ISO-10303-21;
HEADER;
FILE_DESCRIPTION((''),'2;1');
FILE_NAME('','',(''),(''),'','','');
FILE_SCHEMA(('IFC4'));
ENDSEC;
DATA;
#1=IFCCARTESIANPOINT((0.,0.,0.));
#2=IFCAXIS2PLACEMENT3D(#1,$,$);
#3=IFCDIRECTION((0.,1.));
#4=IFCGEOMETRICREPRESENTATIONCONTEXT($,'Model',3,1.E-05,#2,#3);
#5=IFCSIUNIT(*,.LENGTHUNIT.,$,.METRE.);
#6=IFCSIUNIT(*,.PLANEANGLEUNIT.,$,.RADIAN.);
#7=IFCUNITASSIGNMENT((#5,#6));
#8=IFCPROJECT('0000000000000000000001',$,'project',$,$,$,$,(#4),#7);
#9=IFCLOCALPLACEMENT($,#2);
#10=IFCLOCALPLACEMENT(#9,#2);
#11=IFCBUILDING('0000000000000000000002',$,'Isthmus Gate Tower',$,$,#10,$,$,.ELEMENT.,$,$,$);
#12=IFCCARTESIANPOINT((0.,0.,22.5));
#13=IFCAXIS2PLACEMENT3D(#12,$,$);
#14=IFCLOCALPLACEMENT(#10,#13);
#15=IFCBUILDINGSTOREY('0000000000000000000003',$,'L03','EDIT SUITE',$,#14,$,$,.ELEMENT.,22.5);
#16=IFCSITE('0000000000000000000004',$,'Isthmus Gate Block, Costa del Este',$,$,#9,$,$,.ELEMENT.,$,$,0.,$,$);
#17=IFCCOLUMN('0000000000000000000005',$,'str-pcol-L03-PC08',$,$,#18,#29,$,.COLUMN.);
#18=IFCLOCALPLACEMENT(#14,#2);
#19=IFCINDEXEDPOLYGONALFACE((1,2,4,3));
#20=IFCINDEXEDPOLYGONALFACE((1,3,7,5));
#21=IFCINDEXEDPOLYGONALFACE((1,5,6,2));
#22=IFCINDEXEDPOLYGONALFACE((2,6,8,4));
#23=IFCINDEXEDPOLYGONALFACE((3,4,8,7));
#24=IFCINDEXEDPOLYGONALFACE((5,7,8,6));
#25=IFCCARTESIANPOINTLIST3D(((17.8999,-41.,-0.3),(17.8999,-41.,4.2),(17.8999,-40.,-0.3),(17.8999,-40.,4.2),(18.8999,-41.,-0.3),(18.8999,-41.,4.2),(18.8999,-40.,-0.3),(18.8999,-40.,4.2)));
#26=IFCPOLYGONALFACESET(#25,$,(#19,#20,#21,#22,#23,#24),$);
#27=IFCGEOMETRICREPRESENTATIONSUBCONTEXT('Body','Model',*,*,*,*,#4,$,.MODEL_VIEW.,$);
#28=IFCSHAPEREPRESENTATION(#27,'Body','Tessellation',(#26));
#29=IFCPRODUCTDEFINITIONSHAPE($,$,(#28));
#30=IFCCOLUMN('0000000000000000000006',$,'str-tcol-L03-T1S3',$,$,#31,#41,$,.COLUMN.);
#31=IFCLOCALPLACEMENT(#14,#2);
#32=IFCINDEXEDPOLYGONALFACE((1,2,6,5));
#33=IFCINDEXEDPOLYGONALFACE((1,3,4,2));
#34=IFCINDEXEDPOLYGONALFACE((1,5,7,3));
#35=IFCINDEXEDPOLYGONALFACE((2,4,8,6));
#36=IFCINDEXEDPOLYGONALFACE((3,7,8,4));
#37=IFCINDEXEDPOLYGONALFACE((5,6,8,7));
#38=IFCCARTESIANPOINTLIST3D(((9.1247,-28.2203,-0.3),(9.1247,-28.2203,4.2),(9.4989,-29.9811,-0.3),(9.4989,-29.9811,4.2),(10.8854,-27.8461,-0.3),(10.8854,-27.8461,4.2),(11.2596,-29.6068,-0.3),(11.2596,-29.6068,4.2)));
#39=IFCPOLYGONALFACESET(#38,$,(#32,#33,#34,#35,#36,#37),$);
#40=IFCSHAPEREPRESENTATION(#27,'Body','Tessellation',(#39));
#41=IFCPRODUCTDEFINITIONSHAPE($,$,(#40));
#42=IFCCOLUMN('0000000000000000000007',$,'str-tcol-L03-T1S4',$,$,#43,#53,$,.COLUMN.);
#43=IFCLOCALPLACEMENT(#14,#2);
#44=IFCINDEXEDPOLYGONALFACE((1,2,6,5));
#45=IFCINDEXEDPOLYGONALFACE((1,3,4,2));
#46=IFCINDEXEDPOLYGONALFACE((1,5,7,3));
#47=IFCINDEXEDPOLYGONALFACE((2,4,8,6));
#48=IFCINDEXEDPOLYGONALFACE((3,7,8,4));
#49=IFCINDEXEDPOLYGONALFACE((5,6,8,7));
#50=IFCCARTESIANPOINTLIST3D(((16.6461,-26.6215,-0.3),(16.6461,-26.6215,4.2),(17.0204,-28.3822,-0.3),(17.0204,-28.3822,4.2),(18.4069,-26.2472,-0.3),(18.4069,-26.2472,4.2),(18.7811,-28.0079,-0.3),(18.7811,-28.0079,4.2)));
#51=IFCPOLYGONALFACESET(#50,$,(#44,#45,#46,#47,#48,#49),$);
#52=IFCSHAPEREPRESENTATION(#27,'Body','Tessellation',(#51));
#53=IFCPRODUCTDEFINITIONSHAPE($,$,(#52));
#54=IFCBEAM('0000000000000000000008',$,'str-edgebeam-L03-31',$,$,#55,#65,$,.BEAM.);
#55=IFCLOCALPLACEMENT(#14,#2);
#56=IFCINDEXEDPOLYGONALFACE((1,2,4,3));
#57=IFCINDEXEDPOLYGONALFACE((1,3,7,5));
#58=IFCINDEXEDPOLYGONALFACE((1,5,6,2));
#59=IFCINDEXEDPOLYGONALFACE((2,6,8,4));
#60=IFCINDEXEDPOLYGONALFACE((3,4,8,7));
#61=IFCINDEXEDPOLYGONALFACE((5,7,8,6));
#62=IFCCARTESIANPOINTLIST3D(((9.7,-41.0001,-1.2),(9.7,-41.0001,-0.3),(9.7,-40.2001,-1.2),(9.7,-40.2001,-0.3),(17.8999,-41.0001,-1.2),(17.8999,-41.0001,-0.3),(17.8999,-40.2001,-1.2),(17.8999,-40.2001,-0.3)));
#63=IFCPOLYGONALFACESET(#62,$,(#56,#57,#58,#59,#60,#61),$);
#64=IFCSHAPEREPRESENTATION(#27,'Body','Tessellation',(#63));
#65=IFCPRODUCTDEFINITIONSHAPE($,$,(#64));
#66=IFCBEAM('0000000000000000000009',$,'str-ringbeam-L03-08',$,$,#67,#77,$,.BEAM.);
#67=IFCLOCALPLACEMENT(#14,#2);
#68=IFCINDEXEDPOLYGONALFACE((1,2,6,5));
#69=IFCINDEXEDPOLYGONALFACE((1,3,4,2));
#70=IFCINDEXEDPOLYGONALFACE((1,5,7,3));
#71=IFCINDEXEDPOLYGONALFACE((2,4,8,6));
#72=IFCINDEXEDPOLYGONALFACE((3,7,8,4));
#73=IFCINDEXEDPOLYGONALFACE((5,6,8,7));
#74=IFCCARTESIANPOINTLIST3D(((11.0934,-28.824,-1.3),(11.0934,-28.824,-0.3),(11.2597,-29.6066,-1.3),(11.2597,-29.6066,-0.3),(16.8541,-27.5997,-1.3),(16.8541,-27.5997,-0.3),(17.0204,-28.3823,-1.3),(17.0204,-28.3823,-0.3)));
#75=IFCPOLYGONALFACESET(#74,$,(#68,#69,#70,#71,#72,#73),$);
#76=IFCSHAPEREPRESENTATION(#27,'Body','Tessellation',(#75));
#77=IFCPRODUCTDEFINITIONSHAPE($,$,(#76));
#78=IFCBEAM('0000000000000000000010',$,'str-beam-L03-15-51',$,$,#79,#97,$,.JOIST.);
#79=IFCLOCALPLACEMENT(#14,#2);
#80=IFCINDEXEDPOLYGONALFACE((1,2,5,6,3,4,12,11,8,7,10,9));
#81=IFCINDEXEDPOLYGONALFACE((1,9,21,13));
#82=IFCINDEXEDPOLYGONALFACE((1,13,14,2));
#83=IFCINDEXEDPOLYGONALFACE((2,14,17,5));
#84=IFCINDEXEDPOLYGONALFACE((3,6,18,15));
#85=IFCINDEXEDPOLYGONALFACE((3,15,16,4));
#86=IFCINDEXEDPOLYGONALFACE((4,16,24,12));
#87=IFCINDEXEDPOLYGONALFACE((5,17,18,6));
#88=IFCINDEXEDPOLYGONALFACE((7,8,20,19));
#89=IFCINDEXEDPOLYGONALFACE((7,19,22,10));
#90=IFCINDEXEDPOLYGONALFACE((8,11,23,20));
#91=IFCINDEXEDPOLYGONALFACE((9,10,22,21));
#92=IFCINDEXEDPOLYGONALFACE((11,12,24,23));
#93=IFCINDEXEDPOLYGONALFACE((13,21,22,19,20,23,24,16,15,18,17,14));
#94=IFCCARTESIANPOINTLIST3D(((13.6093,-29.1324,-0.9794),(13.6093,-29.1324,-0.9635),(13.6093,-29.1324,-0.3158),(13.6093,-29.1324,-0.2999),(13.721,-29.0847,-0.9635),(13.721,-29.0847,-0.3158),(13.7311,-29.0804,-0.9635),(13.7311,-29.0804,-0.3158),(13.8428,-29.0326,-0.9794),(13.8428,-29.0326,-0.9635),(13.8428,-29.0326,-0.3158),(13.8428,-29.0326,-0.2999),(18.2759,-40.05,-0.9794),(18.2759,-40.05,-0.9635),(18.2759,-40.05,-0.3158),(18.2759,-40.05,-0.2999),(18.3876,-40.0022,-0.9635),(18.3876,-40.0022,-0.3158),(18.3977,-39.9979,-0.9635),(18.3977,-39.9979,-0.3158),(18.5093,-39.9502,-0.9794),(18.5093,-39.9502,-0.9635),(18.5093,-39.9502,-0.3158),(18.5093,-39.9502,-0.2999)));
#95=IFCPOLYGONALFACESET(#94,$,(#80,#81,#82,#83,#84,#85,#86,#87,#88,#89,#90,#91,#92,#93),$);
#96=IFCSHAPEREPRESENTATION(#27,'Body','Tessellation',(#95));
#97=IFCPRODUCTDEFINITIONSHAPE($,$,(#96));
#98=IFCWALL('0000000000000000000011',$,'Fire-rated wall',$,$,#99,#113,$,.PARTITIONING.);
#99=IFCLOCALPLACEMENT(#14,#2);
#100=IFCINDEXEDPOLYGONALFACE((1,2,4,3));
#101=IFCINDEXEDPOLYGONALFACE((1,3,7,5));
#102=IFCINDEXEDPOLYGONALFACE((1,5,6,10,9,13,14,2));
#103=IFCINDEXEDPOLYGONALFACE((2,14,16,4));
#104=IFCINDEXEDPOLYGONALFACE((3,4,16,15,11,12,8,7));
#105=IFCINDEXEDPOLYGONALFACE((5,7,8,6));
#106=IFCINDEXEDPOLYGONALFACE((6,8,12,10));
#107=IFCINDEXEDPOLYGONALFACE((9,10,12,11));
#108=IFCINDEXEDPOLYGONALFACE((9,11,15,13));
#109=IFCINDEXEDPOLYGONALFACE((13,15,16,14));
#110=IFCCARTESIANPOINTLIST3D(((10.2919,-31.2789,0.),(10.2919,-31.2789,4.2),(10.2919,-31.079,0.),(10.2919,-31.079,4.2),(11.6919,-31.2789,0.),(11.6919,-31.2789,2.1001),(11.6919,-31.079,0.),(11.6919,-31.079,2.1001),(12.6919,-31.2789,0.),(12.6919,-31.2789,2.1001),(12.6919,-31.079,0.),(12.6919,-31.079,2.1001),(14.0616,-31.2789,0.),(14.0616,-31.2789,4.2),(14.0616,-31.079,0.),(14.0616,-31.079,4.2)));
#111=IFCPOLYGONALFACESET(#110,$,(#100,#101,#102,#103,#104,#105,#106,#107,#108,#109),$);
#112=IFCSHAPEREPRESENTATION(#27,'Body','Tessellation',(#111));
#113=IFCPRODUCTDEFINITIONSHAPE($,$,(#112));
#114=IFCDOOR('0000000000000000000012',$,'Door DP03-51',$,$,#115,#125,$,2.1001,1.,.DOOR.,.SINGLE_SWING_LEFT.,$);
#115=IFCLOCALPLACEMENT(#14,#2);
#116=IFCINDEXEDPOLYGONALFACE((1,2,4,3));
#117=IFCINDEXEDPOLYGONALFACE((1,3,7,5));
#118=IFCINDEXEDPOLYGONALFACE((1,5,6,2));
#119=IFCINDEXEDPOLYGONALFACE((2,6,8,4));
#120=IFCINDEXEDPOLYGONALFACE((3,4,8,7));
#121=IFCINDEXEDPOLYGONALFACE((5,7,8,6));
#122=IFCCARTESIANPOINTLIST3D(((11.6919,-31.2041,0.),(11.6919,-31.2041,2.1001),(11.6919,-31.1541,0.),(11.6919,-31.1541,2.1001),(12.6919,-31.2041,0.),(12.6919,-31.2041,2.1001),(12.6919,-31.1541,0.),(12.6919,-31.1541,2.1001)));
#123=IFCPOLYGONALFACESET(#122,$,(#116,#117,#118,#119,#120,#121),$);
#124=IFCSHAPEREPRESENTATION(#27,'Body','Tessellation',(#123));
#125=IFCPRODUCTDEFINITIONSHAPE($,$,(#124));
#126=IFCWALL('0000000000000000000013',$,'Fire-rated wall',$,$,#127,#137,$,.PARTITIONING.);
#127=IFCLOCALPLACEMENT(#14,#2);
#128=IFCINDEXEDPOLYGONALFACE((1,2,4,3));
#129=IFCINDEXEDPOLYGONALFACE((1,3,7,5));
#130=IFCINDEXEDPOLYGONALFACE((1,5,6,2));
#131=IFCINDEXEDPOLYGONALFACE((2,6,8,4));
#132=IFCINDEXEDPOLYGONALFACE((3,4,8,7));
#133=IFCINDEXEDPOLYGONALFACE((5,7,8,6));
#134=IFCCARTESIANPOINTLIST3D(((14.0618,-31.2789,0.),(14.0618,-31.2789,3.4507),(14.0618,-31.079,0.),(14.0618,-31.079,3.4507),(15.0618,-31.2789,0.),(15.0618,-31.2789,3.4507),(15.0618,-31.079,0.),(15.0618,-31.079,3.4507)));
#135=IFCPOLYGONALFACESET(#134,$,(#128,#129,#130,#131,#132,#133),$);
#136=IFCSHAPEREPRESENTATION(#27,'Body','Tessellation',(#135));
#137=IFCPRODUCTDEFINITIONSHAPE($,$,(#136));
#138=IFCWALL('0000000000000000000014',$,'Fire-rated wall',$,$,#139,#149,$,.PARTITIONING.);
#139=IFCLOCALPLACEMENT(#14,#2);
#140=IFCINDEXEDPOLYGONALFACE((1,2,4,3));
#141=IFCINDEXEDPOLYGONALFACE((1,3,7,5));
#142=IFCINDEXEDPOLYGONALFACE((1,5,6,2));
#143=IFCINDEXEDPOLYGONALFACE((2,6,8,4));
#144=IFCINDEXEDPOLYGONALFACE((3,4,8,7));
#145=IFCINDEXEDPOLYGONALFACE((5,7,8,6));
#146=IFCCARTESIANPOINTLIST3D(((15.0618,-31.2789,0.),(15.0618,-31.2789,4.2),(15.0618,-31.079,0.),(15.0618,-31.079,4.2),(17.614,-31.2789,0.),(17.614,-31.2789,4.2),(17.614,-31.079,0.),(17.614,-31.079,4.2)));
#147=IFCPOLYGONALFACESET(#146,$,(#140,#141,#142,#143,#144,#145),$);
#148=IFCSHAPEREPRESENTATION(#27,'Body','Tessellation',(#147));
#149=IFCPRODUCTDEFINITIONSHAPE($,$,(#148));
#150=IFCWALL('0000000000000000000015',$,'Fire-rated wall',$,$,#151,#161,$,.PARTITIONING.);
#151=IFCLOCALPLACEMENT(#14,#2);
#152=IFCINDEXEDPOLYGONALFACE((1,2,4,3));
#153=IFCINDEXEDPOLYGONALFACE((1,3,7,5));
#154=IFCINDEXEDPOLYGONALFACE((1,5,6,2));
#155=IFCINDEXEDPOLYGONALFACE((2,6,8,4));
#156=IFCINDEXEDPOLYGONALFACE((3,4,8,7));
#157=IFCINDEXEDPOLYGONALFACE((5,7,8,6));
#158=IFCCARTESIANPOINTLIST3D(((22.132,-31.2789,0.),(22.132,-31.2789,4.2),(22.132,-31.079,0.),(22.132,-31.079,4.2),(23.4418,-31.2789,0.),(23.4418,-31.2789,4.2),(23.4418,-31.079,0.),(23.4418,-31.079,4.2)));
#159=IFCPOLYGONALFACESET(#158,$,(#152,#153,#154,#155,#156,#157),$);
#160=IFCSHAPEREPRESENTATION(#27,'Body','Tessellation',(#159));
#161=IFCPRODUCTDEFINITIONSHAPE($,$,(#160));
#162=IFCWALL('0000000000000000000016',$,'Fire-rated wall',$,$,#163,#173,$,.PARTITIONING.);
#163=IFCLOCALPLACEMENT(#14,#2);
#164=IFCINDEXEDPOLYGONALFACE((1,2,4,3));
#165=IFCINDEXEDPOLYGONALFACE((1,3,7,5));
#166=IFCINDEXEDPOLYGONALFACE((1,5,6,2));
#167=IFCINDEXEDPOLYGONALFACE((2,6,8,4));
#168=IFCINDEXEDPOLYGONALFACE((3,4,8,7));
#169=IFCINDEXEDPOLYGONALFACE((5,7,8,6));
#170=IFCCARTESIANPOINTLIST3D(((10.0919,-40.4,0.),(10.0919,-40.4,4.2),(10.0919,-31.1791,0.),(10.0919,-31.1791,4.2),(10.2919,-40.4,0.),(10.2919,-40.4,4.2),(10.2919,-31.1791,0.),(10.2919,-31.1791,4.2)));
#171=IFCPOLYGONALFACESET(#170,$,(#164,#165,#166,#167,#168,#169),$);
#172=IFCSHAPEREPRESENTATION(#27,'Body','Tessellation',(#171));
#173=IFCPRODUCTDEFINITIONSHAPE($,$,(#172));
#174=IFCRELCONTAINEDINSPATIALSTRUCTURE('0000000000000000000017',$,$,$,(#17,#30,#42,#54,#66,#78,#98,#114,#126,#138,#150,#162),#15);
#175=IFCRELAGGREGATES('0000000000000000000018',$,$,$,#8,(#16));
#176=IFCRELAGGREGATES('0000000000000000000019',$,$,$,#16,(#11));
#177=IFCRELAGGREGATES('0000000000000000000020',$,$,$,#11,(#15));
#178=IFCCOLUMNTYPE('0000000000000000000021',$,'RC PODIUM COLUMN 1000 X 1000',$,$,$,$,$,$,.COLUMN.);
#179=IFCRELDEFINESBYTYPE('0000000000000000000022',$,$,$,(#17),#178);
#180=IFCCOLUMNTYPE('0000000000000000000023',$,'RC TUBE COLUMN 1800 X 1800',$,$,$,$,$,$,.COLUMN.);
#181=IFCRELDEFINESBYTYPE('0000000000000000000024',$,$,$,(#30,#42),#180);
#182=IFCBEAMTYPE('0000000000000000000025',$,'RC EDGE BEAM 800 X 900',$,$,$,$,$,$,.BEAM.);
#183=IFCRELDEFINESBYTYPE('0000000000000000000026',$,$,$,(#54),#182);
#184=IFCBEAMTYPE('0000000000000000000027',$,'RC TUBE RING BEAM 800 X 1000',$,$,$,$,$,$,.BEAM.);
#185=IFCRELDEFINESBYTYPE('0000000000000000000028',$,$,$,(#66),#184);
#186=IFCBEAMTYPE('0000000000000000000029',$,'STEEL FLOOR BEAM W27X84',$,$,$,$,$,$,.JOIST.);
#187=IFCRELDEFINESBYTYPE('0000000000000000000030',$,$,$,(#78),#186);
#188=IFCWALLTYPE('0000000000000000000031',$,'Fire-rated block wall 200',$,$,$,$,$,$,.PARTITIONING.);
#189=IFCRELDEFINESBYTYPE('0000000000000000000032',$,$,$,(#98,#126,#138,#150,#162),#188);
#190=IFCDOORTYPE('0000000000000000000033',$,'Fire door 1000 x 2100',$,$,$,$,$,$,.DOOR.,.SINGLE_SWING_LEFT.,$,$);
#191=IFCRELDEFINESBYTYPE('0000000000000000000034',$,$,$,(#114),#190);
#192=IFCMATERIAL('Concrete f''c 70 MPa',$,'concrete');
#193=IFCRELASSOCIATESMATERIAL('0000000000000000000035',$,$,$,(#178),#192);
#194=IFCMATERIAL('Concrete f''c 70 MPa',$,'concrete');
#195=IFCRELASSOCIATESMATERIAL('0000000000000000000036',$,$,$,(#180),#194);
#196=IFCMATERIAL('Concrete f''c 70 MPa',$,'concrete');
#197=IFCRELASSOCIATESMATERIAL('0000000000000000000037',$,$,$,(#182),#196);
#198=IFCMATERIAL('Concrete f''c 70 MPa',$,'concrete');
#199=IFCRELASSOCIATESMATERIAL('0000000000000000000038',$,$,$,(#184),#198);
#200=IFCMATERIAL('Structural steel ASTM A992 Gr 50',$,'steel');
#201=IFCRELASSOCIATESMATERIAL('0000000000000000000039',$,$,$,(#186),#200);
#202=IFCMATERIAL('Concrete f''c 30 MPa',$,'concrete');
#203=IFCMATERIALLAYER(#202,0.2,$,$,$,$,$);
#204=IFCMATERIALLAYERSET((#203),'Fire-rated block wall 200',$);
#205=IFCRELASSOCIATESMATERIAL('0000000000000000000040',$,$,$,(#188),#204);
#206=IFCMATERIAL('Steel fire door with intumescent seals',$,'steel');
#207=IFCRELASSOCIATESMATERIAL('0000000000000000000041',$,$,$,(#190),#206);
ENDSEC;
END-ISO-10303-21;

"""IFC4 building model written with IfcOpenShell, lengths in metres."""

from ifc_helpers import new_model, si_unit, direction, frame, frame_2d, origin, origin_2d, place, context, subcontext, project, spatial, rectangle, i_section, extrude, material, layer, layer_set, material_profile, profile_set, type_object, element, fill, save


model = new_model("IFC4")

# Units and contexts
model_context = context("Model", 3, precision=1e-05, world=origin(), true_north=direction((0.0, 1.0)))
body_context = subcontext(model_context, "Body", "Model", "MODEL_VIEW")
ifc_project = project(units=[si_unit("LENGTHUNIT", "METRE"), si_unit("PLANEANGLEUNIT", "RADIAN")], contexts=[model_context])

# Site, building, storey
site_placement = place(None, origin())
site = spatial("IfcSite", under=ifc_project, at=site_placement, Name="Isthmus Gate Block, Costa del Este", CompositionType="ELEMENT", RefElevation=0.0)
building_placement = place(site_placement, origin())
building = spatial("IfcBuilding", under=site, at=building_placement, Name="Isthmus Gate Tower", CompositionType="ELEMENT")
storey_placement = place(building_placement, frame((0.0, 0.0, 22.5)))
storey = spatial("IfcBuildingStorey", under=building, at=storey_placement, Name="L03", Description="EDIT SUITE", CompositionType="ELEMENT", Elevation=22.5)

# Columns
ifc_material_1 = material(Name="Concrete f'c 70 MPa", Category="concrete")
ifc_material_profile_1 = material_profile(ifc_material_1, rectangle(XDim=1.0, YDim=1.0, at=origin_2d()), Name="RC 1000X1000")
ifc_profile_set_1 = profile_set([ifc_material_profile_1], Name="Concrete f'c 70 MPa")
column_type_1 = type_object("IfcColumnType", Name="RC PODIUM COLUMN 1000 X 1000", PredefinedType="COLUMN", material=ifc_profile_set_1)
column_placement = place(storey_placement, frame((18.3999, -40.5, -0.3), z_axis=(0.0, 0.0, 1.0), x_axis=(1.0, 0.0, 0.0)))
element("IfcColumn", 1, at=column_placement, inside=storey, type_object=column_type_1, Name="str-pcol-L03-PC08", PredefinedType="COLUMN", context=body_context, shape_type="SweptSolid", body=[
    extrude(rectangle(XDim=1.0, YDim=1.0, at=origin_2d()), origin(), (0.0, 0.0, 1.0), 4.5),
])
ifc_material_2 = material(Name="Concrete f'c 70 MPa", Category="concrete")
ifc_material_profile_2 = material_profile(ifc_material_2, rectangle(XDim=1.8, YDim=1.8, at=origin_2d()), Name="RC 1800X1800")
ifc_profile_set_2 = profile_set([ifc_material_profile_2], Name="Concrete f'c 70 MPa")
column_type_2 = type_object("IfcColumnType", Name="RC TUBE COLUMN 1800 X 1800", PredefinedType="COLUMN", material=ifc_profile_set_2)
for number, where, z_axis, x_axis, name in (
    (2, (10.1921, -28.9136, -0.3), (0.0, 0.0, 1.0), (0.978148, 0.207912, 0.0), "str-tcol-L03-T1S3"),
    (3, (17.7136, -27.3147, -0.3), (0.0, 0.0, 1.0), (0.978148, 0.207912, 0.0), "str-tcol-L03-T1S4"),
):
    element("IfcColumn", number, at=place(storey_placement, frame(where, z_axis=z_axis, x_axis=x_axis)), inside=storey, type_object=column_type_2, Name=name, PredefinedType="COLUMN", context=body_context, shape_type="SweptSolid", body=[
        extrude(rectangle(XDim=1.8, YDim=1.8, at=origin_2d()), origin(), (0.0, 0.0, 1.0), 4.5),
    ])

# Beams
ifc_material_3 = material(Name="Concrete f'c 70 MPa", Category="concrete")
ifc_material_profile_3 = material_profile(ifc_material_3, rectangle(XDim=0.8, YDim=0.8999, at=origin_2d()), Name="RC 800X900")
ifc_profile_set_3 = profile_set([ifc_material_profile_3], Name="Concrete f'c 70 MPa")
beam_type_1 = type_object("IfcBeamType", Name="RC EDGE BEAM 800 X 900", PredefinedType="BEAM", material=ifc_profile_set_3)
beam_1_placement = place(storey_placement, frame((17.8999, -40.6001, -0.75), z_axis=(-1.0, 0.0, 0.0), x_axis=(0.0, -1.0, 0.0)))
element("IfcBeam", 4, at=beam_1_placement, inside=storey, type_object=beam_type_1, Name="str-edgebeam-L03-31", PredefinedType="BEAM", context=body_context, shape_type="SweptSolid", body=[
    extrude(rectangle(XDim=0.8, YDim=0.8999, at=origin_2d()), origin(), (0.0, 0.0, 1.0), 8.2),
])
ifc_material_4 = material(Name="Concrete f'c 70 MPa", Category="concrete")
ifc_material_profile_4 = material_profile(ifc_material_4, rectangle(XDim=0.8, YDim=1.0, at=origin_2d()), Name="RC 800X1000")
ifc_profile_set_4 = profile_set([ifc_material_profile_4], Name="Concrete f'c 70 MPa")
beam_type_2 = type_object("IfcBeamType", Name="RC TUBE RING BEAM 800 X 1000", PredefinedType="BEAM", material=ifc_profile_set_4)
beam_2_placement = place(storey_placement, frame((16.9373, -27.991, -0.8), z_axis=(-0.978152, -0.207892, 0.0), x_axis=(0.207892, -0.978152, 0.0)))
element("IfcBeam", 5, at=beam_2_placement, inside=storey, type_object=beam_type_2, Name="str-ringbeam-L03-08", PredefinedType="BEAM", context=body_context, shape_type="SweptSolid", body=[
    extrude(rectangle(XDim=0.8, YDim=1.0, at=origin_2d()), origin(), (0.0, 0.0, 1.0), 5.8894),
])
ifc_material_5 = material(Name="Structural steel ASTM A992 Gr 50", Category="steel")
ifc_material_profile_5 = material_profile(ifc_material_5, i_section(OverallWidth=0.2539, OverallDepth=0.6794, WebThickness=0.011, FlangeThickness=0.0159, at=origin_2d()), Name="W27X84")
ifc_profile_set_5 = profile_set([ifc_material_profile_5], Name="Structural steel ASTM A992 Gr 50")
beam_type_3 = type_object("IfcBeamType", Name="STEEL FLOOR BEAM W27X84", PredefinedType="JOIST", material=ifc_profile_set_5)
beam_3_placement = place(storey_placement, frame((13.7261, -29.0825, -0.6396), z_axis=(0.393036, -0.919523, 0.0), x_axis=(0.919523, 0.393036, 0.0)))
element("IfcBeam", 6, at=beam_3_placement, inside=storey, type_object=beam_type_3, Name="str-beam-L03-15-51", PredefinedType="JOIST", context=body_context, shape_type="SweptSolid", body=[
    extrude(i_section(OverallWidth=0.2539, OverallDepth=0.6794, WebThickness=0.011, FlangeThickness=0.0159, at=origin_2d()), origin(), (0.0, 0.0, 1.0), 11.873),
])

# Wall, opening, door
ifc_material_6 = material(Name="Concrete f'c 30 MPa", Category="concrete")
ifc_layer_1 = layer(ifc_material_6, 0.2)
ifc_layer_set_1 = layer_set([ifc_layer_1], Name="Fire-rated block wall 200")
wall_type_1 = type_object("IfcWallType", Name="Fire-rated block wall 200", PredefinedType="PARTITIONING", material=ifc_layer_set_1)
wall_1_placement = place(storey_placement, frame((10.292, -31.179, 0.0), z_axis=(0.0, 0.0, 1.0), x_axis=(1.0, 0.0, 0.0)))
wall_1 = element("IfcWall", 7, at=wall_1_placement, inside=storey, type_object=wall_type_1, Name="Fire-rated wall", PredefinedType="PARTITIONING", context=body_context, shape_type="SweptSolid", body=[
    extrude(rectangle(XDim=3.7698, YDim=0.2, at=frame_2d((1.8848, 0.0))), origin(), (0.0, 0.0, 1.0), 4.2),
])
opening_1_placement = place(wall_1_placement, frame((1.3999, 0.0, 0.0)))
opening_1 = element("IfcOpeningElement", 8, at=opening_1_placement, cuts=wall_1, PredefinedType="OPENING", context=body_context, shape_type="SweptSolid", body=[
    extrude(rectangle(XDim=1.0, YDim=2.1001, at=frame_2d((0.5, 1.05))), frame((0.0, 0.1099, 0.0), z_axis=(0.0, -1.0, 0.0), x_axis=(1.0, 0.0, 0.0)), (0.0, 0.0, 1.0), 0.22),
])
ifc_material_7 = material(Name="Steel fire door with intumescent seals", Category="steel")
door_type_1 = type_object("IfcDoorType", Name="Fire door 1000 x 2100", OperationType="SINGLE_SWING_LEFT", PredefinedType="DOOR", material=ifc_material_7)
door_1_placement = place(opening_1_placement, origin())
door_1 = element("IfcDoor", 9, at=door_1_placement, inside=storey, type_object=door_type_1, Name="Door DP03-51", OperationType="SINGLE_SWING_LEFT", OverallHeight=2.1001, OverallWidth=1.0, PredefinedType="DOOR", context=body_context, shape_type="SweptSolid", body=[
    extrude(rectangle(XDim=1.0, YDim=2.1001, at=frame_2d((0.5, 1.05))), frame((0.0, 0.0249, 0.0), z_axis=(0.0, -1.0, 0.0), x_axis=(1.0, 0.0, 0.0)), (0.0, 0.0, 1.0), 0.05),
])
fill(opening_1, door_1)

# Walls
wall_2_placement = place(storey_placement, frame((14.0618, -31.179, 0.0), z_axis=(0.0, 0.0, 1.0), x_axis=(1.0, 0.0, 0.0)))
element("IfcWall", 10, at=wall_2_placement, inside=storey, type_object=wall_type_1, Name="Fire-rated wall", PredefinedType="PARTITIONING", context=body_context, shape_type="SweptSolid", body=[
    extrude(rectangle(XDim=1.0, YDim=0.2, at=frame_2d((0.5, 0.0))), origin(), (0.0, 0.0, 1.0), 3.4507),
])
wall_3_placement = place(storey_placement, frame((15.0618, -31.179, 0.0), z_axis=(0.0, 0.0, 1.0), x_axis=(1.0, 0.0, 0.0)))
element("IfcWall", 11, at=wall_3_placement, inside=storey, type_object=wall_type_1, Name="Fire-rated wall", PredefinedType="PARTITIONING", context=body_context, shape_type="SweptSolid", body=[
    extrude(rectangle(XDim=2.5522, YDim=0.2, at=frame_2d((1.2761, 0.0))), origin(), (0.0, 0.0, 1.0), 4.2),
])
wall_4_placement = place(storey_placement, frame((22.1321, -31.179, 0.0), z_axis=(0.0, 0.0, 1.0), x_axis=(1.0, 0.0, 0.0)))
element("IfcWall", 12, at=wall_4_placement, inside=storey, type_object=wall_type_1, Name="Fire-rated wall", PredefinedType="PARTITIONING", context=body_context, shape_type="SweptSolid", body=[
    extrude(rectangle(XDim=1.3098, YDim=0.2, at=frame_2d((0.6548, 0.0))), origin(), (0.0, 0.0, 1.0), 4.2),
])
wall_5_placement = place(storey_placement, frame((10.1919, -40.3999, 0.0), z_axis=(0.0, 0.0, 1.0), x_axis=(0.0, 1.0, 0.0)))
element("IfcWall", 13, at=wall_5_placement, inside=storey, type_object=wall_type_1, Name="Fire-rated wall", PredefinedType="PARTITIONING", context=body_context, shape_type="SweptSolid", body=[
    extrude(rectangle(XDim=9.2209, YDim=0.2, at=frame_2d((4.6104, 0.0))), origin(), (0.0, 0.0, 1.0), 4.2),
])

save(model, "model.ifc")
